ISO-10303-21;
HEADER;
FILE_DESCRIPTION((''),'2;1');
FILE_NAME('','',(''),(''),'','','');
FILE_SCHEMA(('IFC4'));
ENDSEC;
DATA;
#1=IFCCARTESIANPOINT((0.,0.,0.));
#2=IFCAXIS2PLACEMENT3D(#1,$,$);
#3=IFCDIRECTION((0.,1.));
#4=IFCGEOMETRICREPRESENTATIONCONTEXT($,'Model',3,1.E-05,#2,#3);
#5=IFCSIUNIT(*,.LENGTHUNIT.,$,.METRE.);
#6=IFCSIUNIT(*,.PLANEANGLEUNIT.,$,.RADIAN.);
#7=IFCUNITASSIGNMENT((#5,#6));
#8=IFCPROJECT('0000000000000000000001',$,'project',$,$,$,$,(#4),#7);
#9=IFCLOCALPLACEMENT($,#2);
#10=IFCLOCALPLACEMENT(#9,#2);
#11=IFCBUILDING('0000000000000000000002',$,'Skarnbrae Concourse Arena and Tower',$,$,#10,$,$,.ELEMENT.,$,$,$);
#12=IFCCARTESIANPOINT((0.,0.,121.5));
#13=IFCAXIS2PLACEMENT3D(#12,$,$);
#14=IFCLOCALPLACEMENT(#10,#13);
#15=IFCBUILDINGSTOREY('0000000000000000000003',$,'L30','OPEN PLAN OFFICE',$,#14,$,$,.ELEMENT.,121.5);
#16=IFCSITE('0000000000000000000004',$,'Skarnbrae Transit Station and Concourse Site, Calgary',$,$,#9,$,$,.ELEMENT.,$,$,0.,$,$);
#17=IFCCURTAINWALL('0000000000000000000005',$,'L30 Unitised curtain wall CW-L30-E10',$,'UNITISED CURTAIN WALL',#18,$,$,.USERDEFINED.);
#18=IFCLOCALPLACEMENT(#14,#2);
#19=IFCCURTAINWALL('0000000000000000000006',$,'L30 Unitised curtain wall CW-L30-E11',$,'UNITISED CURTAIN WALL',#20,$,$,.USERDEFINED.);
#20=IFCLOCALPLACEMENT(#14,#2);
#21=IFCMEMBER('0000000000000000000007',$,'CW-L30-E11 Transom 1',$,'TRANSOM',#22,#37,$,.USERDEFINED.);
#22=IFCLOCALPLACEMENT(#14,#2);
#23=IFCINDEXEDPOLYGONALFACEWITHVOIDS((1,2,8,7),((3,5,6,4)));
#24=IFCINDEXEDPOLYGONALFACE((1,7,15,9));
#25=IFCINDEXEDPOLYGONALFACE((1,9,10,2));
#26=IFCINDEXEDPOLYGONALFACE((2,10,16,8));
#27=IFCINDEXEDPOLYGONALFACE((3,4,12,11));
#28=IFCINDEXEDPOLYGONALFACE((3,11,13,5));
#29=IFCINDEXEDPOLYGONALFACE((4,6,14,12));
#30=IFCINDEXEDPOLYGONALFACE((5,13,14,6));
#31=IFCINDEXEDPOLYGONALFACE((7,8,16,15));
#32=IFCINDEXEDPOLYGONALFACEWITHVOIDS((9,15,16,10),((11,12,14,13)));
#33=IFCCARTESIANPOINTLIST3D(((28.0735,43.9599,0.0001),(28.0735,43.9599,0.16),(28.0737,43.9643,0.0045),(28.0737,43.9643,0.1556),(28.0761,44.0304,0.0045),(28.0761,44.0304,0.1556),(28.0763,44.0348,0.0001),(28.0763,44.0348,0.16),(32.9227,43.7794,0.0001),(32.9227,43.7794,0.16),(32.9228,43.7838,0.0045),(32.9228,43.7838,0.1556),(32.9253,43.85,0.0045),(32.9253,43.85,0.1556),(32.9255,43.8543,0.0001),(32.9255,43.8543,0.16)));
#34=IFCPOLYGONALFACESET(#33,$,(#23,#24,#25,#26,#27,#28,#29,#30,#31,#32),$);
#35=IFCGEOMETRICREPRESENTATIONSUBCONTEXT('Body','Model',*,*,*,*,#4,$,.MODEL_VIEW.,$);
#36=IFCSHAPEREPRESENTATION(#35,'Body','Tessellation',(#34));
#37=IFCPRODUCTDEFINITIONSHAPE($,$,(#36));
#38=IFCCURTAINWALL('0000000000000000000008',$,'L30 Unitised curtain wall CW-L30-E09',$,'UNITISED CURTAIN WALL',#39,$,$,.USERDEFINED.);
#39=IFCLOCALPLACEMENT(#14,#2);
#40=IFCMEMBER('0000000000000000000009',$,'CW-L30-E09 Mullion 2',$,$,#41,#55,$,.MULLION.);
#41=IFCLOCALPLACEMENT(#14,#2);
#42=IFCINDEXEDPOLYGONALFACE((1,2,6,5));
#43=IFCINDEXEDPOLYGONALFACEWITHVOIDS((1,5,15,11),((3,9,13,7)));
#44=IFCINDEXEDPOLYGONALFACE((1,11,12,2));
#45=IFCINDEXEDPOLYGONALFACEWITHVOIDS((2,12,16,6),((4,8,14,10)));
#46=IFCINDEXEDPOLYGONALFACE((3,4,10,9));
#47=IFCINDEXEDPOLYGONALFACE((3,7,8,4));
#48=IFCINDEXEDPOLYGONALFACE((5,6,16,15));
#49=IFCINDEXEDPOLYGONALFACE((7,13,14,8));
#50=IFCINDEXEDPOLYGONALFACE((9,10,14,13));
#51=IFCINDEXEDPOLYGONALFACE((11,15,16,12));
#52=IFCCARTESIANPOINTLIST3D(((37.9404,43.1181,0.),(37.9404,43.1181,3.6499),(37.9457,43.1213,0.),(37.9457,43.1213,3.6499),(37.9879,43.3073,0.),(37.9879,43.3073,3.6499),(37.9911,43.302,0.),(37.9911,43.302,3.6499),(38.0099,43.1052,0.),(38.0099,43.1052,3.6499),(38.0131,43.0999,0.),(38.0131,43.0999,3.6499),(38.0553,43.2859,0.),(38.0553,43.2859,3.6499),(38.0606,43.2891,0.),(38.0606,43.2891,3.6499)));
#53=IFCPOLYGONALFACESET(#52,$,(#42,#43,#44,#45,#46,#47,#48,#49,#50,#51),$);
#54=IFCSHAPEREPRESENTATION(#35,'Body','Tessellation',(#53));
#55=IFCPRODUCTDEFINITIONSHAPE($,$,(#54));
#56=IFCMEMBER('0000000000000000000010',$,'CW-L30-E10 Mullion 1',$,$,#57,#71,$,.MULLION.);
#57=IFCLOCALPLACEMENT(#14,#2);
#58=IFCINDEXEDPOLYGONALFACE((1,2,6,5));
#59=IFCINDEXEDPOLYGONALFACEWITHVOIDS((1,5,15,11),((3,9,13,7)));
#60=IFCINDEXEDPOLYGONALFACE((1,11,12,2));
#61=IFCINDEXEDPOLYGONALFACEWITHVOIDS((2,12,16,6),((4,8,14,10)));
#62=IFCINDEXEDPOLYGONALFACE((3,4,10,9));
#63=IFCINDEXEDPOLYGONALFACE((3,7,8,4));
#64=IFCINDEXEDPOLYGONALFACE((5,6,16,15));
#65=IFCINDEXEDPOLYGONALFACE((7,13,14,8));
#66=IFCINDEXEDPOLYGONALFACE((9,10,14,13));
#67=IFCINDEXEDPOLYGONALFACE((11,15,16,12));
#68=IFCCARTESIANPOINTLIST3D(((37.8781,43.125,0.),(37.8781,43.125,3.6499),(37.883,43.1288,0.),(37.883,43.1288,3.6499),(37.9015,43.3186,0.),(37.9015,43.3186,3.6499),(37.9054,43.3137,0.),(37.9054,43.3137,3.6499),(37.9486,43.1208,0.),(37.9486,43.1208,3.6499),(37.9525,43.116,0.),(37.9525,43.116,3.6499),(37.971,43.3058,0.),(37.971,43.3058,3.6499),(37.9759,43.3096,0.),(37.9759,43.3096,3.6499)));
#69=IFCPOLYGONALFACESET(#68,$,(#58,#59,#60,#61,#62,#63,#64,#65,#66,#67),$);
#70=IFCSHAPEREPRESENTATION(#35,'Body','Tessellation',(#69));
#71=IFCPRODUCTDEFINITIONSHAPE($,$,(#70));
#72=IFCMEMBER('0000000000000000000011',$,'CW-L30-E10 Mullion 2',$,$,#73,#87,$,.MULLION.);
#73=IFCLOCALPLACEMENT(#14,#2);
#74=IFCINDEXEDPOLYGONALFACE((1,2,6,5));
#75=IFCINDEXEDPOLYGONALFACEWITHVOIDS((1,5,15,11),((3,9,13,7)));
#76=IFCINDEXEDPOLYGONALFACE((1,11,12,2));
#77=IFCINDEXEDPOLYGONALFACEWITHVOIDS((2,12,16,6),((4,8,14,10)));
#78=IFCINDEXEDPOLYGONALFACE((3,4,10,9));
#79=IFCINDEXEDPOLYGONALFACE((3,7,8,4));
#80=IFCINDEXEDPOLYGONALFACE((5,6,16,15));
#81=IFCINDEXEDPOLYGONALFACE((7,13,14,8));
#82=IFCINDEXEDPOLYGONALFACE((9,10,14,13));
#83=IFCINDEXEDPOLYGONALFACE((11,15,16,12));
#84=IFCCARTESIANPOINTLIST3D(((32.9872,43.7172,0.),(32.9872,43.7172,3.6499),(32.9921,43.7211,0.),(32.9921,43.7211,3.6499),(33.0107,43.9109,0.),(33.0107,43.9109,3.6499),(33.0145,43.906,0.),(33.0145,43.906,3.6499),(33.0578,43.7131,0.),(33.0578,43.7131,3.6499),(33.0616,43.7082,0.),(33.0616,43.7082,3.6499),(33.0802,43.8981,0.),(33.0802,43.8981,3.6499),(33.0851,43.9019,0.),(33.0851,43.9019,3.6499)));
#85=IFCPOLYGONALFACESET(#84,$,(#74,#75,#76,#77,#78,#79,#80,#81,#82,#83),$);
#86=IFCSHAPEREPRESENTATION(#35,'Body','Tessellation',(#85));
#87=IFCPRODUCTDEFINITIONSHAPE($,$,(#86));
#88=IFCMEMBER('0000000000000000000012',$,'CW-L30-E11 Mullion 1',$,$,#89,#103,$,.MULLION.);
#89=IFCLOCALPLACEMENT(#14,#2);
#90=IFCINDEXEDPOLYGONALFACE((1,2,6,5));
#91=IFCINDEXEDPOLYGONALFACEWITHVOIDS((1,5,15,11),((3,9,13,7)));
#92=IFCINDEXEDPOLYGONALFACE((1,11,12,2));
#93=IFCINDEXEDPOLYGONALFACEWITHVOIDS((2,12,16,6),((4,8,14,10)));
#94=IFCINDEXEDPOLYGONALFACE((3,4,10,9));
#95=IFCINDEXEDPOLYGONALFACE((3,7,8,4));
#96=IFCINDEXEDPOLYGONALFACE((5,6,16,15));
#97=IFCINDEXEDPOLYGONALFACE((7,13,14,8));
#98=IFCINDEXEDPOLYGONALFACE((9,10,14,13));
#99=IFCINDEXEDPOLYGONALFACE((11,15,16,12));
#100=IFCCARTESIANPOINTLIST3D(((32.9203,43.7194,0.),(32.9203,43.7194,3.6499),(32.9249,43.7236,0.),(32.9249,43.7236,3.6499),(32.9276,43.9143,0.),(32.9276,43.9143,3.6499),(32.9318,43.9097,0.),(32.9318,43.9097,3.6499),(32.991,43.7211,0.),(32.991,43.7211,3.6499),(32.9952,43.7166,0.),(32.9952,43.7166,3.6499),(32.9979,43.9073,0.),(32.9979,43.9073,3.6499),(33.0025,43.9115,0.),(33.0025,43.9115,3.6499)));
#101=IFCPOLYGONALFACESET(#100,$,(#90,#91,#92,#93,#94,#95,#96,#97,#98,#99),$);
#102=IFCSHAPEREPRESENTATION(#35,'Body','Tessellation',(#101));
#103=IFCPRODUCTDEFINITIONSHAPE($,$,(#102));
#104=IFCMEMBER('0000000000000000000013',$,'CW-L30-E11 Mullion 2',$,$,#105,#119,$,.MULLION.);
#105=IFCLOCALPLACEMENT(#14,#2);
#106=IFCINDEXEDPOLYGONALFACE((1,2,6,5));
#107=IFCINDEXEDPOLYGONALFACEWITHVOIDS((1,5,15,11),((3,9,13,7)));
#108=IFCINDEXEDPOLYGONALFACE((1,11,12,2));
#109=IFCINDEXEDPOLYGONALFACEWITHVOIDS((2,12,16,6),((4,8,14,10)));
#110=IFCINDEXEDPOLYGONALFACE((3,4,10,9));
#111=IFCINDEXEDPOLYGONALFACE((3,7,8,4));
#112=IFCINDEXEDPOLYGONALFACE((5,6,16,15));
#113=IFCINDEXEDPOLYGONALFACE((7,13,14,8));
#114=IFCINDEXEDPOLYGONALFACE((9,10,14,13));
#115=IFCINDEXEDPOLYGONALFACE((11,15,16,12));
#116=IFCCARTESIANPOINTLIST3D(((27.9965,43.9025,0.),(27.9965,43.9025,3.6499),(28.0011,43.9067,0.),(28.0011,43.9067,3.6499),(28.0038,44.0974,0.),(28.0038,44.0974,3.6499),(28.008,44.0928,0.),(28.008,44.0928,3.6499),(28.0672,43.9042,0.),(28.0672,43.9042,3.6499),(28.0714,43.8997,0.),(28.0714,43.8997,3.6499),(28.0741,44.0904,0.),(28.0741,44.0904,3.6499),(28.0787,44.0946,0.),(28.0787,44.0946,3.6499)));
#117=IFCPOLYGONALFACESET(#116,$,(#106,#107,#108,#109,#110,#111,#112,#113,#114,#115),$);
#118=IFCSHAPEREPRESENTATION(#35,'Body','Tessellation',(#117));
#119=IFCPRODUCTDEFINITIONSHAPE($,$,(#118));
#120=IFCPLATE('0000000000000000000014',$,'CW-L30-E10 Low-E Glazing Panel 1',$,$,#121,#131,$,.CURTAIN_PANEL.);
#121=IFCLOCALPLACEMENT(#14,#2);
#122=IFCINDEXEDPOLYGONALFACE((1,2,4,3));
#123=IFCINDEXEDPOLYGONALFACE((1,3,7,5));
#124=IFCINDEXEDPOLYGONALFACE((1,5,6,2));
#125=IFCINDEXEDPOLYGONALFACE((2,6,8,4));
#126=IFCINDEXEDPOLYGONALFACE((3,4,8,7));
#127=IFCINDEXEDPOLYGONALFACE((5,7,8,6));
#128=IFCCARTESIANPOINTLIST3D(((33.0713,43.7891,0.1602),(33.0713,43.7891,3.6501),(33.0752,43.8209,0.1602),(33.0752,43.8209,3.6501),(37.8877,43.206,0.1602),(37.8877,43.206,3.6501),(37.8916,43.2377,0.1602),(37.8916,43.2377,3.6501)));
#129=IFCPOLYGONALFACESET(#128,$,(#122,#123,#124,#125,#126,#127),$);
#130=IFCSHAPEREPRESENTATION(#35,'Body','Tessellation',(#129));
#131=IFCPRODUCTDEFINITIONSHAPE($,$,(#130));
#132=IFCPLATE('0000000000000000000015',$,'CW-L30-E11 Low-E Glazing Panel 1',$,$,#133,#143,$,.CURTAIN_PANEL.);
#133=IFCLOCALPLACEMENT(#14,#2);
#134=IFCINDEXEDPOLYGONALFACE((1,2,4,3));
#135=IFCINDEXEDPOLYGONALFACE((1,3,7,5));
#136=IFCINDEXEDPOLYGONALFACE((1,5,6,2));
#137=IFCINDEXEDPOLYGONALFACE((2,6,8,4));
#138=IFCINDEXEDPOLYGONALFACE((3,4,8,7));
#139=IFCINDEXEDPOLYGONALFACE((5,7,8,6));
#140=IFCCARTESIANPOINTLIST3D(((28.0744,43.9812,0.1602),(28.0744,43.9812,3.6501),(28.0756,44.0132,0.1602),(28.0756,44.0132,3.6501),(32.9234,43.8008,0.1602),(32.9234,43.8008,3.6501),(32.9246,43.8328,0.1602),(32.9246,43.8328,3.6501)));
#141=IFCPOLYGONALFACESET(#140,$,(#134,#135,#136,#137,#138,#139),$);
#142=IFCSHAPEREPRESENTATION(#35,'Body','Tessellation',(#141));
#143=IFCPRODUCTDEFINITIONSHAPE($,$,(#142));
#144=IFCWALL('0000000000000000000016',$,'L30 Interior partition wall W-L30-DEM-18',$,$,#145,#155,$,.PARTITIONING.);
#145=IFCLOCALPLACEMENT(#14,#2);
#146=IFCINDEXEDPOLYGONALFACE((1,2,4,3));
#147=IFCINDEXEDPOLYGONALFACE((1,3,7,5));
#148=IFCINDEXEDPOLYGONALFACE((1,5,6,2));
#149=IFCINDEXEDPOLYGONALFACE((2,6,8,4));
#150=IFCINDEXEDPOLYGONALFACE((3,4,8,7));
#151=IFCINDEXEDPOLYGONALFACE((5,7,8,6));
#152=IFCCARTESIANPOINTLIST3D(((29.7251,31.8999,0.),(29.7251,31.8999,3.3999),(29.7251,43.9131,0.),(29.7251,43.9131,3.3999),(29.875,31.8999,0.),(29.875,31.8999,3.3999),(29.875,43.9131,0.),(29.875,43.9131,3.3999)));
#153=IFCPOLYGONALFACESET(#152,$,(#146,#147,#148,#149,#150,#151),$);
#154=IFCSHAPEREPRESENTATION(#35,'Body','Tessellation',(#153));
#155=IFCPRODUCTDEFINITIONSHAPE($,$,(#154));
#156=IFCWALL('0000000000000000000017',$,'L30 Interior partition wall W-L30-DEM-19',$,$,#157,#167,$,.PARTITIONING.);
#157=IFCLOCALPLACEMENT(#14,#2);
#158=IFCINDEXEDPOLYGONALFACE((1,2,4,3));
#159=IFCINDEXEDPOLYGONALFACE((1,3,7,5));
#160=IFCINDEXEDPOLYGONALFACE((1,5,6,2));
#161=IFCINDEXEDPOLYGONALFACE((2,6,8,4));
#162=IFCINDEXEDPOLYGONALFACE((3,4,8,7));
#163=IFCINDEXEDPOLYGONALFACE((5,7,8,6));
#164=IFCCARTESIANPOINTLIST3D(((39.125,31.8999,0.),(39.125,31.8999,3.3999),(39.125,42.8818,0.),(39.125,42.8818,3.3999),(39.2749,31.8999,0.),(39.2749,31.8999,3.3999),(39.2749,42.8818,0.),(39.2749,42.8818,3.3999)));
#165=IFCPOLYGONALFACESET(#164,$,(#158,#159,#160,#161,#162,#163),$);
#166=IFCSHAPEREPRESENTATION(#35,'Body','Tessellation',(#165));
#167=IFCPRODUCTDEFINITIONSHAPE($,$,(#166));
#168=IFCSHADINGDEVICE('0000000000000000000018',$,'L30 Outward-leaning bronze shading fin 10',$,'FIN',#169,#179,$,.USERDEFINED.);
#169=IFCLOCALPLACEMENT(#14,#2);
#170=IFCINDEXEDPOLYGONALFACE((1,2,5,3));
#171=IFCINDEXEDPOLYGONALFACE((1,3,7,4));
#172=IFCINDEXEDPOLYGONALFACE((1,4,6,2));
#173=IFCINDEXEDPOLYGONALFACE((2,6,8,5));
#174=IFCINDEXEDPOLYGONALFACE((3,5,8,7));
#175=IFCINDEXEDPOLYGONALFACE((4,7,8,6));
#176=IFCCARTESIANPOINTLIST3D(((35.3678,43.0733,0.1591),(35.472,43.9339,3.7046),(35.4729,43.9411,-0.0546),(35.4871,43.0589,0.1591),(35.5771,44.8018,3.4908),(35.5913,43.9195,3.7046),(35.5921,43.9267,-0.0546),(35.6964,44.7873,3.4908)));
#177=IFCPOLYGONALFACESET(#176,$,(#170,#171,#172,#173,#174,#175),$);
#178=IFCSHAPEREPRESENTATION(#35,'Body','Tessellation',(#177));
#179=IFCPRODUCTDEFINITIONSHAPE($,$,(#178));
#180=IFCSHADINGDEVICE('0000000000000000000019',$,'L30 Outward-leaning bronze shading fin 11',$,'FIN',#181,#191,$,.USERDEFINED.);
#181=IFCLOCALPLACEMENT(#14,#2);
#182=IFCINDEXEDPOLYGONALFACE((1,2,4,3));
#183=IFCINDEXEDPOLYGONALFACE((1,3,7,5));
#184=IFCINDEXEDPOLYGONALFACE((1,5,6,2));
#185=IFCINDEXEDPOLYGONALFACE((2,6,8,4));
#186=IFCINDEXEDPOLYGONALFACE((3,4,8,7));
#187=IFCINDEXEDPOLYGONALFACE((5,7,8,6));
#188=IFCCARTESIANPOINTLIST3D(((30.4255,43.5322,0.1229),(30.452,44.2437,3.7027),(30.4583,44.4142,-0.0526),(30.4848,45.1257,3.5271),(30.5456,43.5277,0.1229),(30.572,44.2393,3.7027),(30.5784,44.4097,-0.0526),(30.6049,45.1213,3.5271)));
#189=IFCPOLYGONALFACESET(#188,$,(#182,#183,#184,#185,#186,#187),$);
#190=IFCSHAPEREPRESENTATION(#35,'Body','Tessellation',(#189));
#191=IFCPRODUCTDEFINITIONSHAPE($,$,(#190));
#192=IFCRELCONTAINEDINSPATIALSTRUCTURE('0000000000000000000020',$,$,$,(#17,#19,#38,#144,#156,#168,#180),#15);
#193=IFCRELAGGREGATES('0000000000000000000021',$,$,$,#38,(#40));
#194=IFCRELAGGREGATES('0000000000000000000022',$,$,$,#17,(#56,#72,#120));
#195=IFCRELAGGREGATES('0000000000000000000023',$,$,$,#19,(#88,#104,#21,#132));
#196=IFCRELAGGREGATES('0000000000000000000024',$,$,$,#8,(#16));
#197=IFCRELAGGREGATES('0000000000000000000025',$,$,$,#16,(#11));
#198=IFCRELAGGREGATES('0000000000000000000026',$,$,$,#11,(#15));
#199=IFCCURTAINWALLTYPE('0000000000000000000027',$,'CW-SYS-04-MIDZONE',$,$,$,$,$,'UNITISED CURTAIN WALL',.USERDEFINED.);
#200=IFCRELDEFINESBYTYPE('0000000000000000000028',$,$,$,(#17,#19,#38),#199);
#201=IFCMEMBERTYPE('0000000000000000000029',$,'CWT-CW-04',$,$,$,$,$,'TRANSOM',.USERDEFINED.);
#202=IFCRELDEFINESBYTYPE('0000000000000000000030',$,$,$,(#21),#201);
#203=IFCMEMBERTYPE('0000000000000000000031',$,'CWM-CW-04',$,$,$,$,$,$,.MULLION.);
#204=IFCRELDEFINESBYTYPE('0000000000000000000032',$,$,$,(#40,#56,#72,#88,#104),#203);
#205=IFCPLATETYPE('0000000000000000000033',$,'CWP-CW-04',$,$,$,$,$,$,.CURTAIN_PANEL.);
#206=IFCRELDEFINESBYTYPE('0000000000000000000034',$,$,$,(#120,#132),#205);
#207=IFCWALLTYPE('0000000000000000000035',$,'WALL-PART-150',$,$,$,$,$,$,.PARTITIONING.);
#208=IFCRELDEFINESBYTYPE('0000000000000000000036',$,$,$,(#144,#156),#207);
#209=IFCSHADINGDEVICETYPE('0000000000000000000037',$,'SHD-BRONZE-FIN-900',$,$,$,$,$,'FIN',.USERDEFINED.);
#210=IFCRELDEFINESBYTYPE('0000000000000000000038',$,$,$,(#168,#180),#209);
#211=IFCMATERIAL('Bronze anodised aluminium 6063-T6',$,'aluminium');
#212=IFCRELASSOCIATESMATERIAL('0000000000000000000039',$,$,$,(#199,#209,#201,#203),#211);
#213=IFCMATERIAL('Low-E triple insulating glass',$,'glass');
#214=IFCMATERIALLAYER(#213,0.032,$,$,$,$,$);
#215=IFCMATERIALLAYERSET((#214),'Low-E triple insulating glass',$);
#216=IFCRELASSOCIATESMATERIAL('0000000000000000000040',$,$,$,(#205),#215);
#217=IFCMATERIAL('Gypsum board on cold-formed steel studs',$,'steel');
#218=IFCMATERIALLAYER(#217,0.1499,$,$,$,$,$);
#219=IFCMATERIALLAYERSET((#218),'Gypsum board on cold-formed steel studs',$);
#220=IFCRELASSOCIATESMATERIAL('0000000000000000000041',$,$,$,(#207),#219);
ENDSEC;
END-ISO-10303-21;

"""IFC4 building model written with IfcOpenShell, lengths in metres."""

from ifc_helpers import new_model, si_unit, direction, frame, frame_2d, origin, origin_2d, place, context, subcontext, project, spatial, rectangle, hollow_rectangle, extrude, source, transform, mapped, material, layer, layer_set, material_profile, profile_set, type_object, element, aggregate, save


model = new_model("IFC4")

# Units and contexts
model_context = context("Model", 3, precision=1e-05, world=origin(), true_north=direction((0.0, 1.0)))
body_context = subcontext(model_context, "Body", "Model", "MODEL_VIEW")
ifc_project = project(units=[si_unit("LENGTHUNIT", "METRE"), si_unit("PLANEANGLEUNIT", "RADIAN")], contexts=[model_context])

# Site, building, storey
site_placement = place(None, origin())
site = spatial("IfcSite", under=ifc_project, at=site_placement, Name="Skarnbrae Transit Station and Concourse Site, Calgary", CompositionType="ELEMENT", RefElevation=0.0)
building_placement = place(site_placement, origin())
building = spatial("IfcBuilding", under=site, at=building_placement, Name="Skarnbrae Concourse Arena and Tower", CompositionType="ELEMENT")
storey_placement = place(building_placement, frame((0.0, 0.0, 121.5)))
storey = spatial("IfcBuildingStorey", under=building, at=storey_placement, Name="L30", Description="OPEN PLAN OFFICE", CompositionType="ELEMENT", Elevation=121.5)

# Curtain walls, members
ifc_material_1 = material(Name="Bronze anodised aluminium 6063-T6", Category="aluminium")
curtain_wall_type = type_object("IfcCurtainWallType", Name="CW-SYS-04-MIDZONE", ElementType="UNITISED CURTAIN WALL", PredefinedType="USERDEFINED", material=ifc_material_1)
curtain_wall_1_placement = place(storey_placement, origin())
curtain_wall_1 = element("IfcCurtainWall", 1, at=curtain_wall_1_placement, inside=storey, type_object=curtain_wall_type, Name="L30 Unitised curtain wall CW-L30-E10", ObjectType="UNITISED CURTAIN WALL", PredefinedType="USERDEFINED")
ifc_material_profile_1 = material_profile(ifc_material_1, hollow_rectangle(XDim=0.075, YDim=0.1599, WallThickness=0.0044, at=origin_2d()), Name="ALU-TRAN-75X160")
ifc_profile_set_1 = profile_set([ifc_material_profile_1], Name="Bronze anodised aluminium 6063-T6")
member_type_1 = type_object("IfcMemberType", Name="CWT-CW-04", ElementType="TRANSOM", PredefinedType="USERDEFINED", material=ifc_profile_set_1)
curtain_wall_2_placement = place(storey_placement, origin())
curtain_wall_2 = element("IfcCurtainWall", 2, at=curtain_wall_2_placement, inside=storey, type_object=curtain_wall_type, Name="L30 Unitised curtain wall CW-L30-E11", ObjectType="UNITISED CURTAIN WALL", PredefinedType="USERDEFINED")
shared_shape_1 = source(origin(), body_context, "Body", "SweptSolid", [
    extrude(hollow_rectangle(XDim=0.075, YDim=0.1599, WallThickness=0.0044, at=origin_2d()), origin(), (0.0, 0.0, 1.0), 4.8525),
])
member_1_placement = place(storey_placement, frame((32.9241, 43.8169, 0.0801), z_axis=(-0.999309, 0.037181, 0.0), x_axis=(-0.037181, -0.999309, 0.0)))
member_1 = element("IfcMember", 3, at=member_1_placement, type_object=member_type_1, Name="CW-L30-E11 Transom 1", ObjectType="TRANSOM", PredefinedType="USERDEFINED", context=body_context, shape_type="MappedRepresentation", body=[
    mapped(shared_shape_1, transform((0.0, 0.0, 0.0))),
])
curtain_wall_3_placement = place(storey_placement, origin())
curtain_wall_3 = element("IfcCurtainWall", 4, at=curtain_wall_3_placement, inside=storey, type_object=curtain_wall_type, Name="L30 Unitised curtain wall CW-L30-E09", ObjectType="UNITISED CURTAIN WALL", PredefinedType="USERDEFINED")
ifc_material_profile_2 = material_profile(ifc_material_1, hollow_rectangle(XDim=0.075, YDim=0.1951, WallThickness=0.0044, at=origin_2d()), Name="ALU-MULL-75X195")
ifc_profile_set_2 = profile_set([ifc_material_profile_2], Name="Bronze anodised aluminium 6063-T6")
member_type_2 = type_object("IfcMemberType", Name="CWM-CW-04", PredefinedType="MULLION", material=ifc_profile_set_2)
shared_shape_2 = source(origin(), body_context, "Body", "SweptSolid", [
    extrude(hollow_rectangle(XDim=0.075, YDim=0.1951, WallThickness=0.0044, at=origin_2d()), origin(), (0.0, 0.0, 1.0), 3.6499),
])
member_2_placement = place(storey_placement, frame((38.0005, 43.2036, 0.0), z_axis=(0.0, 0.0, 1.0), x_axis=(-0.969903, 0.243491, 0.0)))
member_2 = element("IfcMember", 5, at=member_2_placement, type_object=member_type_2, Name="CW-L30-E09 Mullion 2", PredefinedType="MULLION", context=body_context, shape_type="MappedRepresentation", body=[
    mapped(shared_shape_2, transform((0.0, 0.0, 0.0))),
])
aggregate(curtain_wall_3, [member_2])

# Members
member_3_placement = place(storey_placement, frame((37.927, 43.2173, 0.0), z_axis=(0.0, 0.0, 1.0), x_axis=(-0.992749, 0.120203, 0.0)))
member_3 = element("IfcMember", 6, at=member_3_placement, type_object=member_type_2, Name="CW-L30-E10 Mullion 1", PredefinedType="MULLION", context=body_context, shape_type="MappedRepresentation", body=[
    mapped(shared_shape_2, transform((0.0, 0.0, 0.0))),
])
member_4_placement = place(storey_placement, frame((33.0361, 43.8096, 0.0), z_axis=(0.0, 0.0, 1.0), x_axis=(-0.992749, 0.120203, 0.0)))
member_4 = element("IfcMember", 7, at=member_4_placement, type_object=member_type_2, Name="CW-L30-E10 Mullion 2", PredefinedType="MULLION", context=body_context, shape_type="MappedRepresentation", body=[
    mapped(shared_shape_2, transform((0.0, 0.0, 0.0))),
])
member_5_placement = place(storey_placement, frame((32.9614, 43.8154, 0.0), z_axis=(0.0, 0.0, 1.0), x_axis=(-0.999308, 0.037183, 0.0)))
member_5 = element("IfcMember", 8, at=member_5_placement, type_object=member_type_2, Name="CW-L30-E11 Mullion 1", PredefinedType="MULLION", context=body_context, shape_type="MappedRepresentation", body=[
    mapped(shared_shape_2, transform((0.0, 0.0, 0.0))),
])
member_6_placement = place(storey_placement, frame((28.0376, 43.9985, 0.0), z_axis=(0.0, 0.0, 1.0), x_axis=(-0.999308, 0.037183, 0.0)))
member_6 = element("IfcMember", 9, at=member_6_placement, type_object=member_type_2, Name="CW-L30-E11 Mullion 2", PredefinedType="MULLION", context=body_context, shape_type="MappedRepresentation", body=[
    mapped(shared_shape_2, transform((0.0, 0.0, 0.0))),
])

# Plates
ifc_material_2 = material(Name="Low-E triple insulating glass", Category="glass")
ifc_layer_1 = layer(ifc_material_2, 0.032)
ifc_layer_set_1 = layer_set([ifc_layer_1], Name="Low-E triple insulating glass")
plate_type = type_object("IfcPlateType", Name="CWP-CW-04", PredefinedType="CURTAIN_PANEL", material=ifc_layer_set_1)
shared_shape_3 = source(origin(), body_context, "Body", "SweptSolid", [
    extrude(rectangle(XDim=4.8516, YDim=0.032, at=origin_2d()), origin(), (0.0, 0.0, 1.0), 3.49),
])
plate_1_placement = place(storey_placement, frame((35.4814, 43.5134, 0.1602), z_axis=(0.0, 0.0, 1.0), x_axis=(-0.992749, 0.120203, 0.0)))
plate_1 = element("IfcPlate", 10, at=plate_1_placement, type_object=plate_type, Name="CW-L30-E10 Low-E Glazing Panel 1", PredefinedType="CURTAIN_PANEL", context=body_context, shape_type="MappedRepresentation", body=[
    mapped(shared_shape_3, transform((0.0, 0.0, 0.0))),
])
aggregate(curtain_wall_1, [member_3, member_4, plate_1])
shared_shape_4 = source(origin(), body_context, "Body", "SweptSolid", [
    extrude(rectangle(XDim=4.8523, YDim=0.032, at=origin_2d()), origin(), (0.0, 0.0, 1.0), 3.49),
])
plate_2_placement = place(storey_placement, frame((30.4995, 43.907, 0.1602), z_axis=(0.0, 0.0, 1.0), x_axis=(-0.999308, 0.037183, 0.0)))
plate_2 = element("IfcPlate", 11, at=plate_2_placement, type_object=plate_type, Name="CW-L30-E11 Low-E Glazing Panel 1", PredefinedType="CURTAIN_PANEL", context=body_context, shape_type="MappedRepresentation", body=[
    mapped(shared_shape_4, transform((0.0, 0.0, 0.0))),
])
aggregate(curtain_wall_2, [member_5, member_6, member_1, plate_2])

# Walls
ifc_material_3 = material(Name="Gypsum board on cold-formed steel studs", Category="steel")
ifc_layer_2 = layer(ifc_material_3, 0.1499)
ifc_layer_set_2 = layer_set([ifc_layer_2], Name="Gypsum board on cold-formed steel studs")
wall_type = type_object("IfcWallType", Name="WALL-PART-150", PredefinedType="PARTITIONING", material=ifc_layer_set_2)
shared_shape_5 = source(origin(), body_context, "Body", "SweptSolid", [
    extrude(rectangle(XDim=12.0132, YDim=0.1499, at=frame_2d((6.0066, 0.0))), origin(), (0.0, 0.0, 1.0), 3.3999),
])
wall_1_placement = place(storey_placement, frame((29.8, 43.9131, 0.0), z_axis=(0.0, 0.0, 1.0), x_axis=(0.0, -1.0, 0.0)))
element("IfcWall", 12, at=wall_1_placement, inside=storey, type_object=wall_type, Name="L30 Interior partition wall W-L30-DEM-18", PredefinedType="PARTITIONING", context=body_context, shape_type="MappedRepresentation", body=[
    mapped(shared_shape_5, transform((0.0, 0.0, 0.0))),
])
shared_shape_6 = source(origin(), body_context, "Body", "SweptSolid", [
    extrude(rectangle(XDim=10.9819, YDim=0.1499, at=frame_2d((5.491, 0.0))), origin(), (0.0, 0.0, 1.0), 3.3999),
])
wall_2_placement = place(storey_placement, frame((39.2, 42.8818, 0.0), z_axis=(0.0, 0.0, 1.0), x_axis=(0.0, -1.0, 0.0)))
element("IfcWall", 13, at=wall_2_placement, inside=storey, type_object=wall_type, Name="L30 Interior partition wall W-L30-DEM-19", PredefinedType="PARTITIONING", context=body_context, shape_type="MappedRepresentation", body=[
    mapped(shared_shape_6, transform((0.0, 0.0, 0.0))),
])

# Shading devices
shading_device_type = type_object("IfcShadingDeviceType", Name="SHD-BRONZE-FIN-900", ElementType="FIN", PredefinedType="USERDEFINED", material=ifc_material_1)
shared_shape_7 = source(origin(), body_context, "Body", "SweptSolid", [
    extrude(rectangle(XDim=0.1201, YDim=0.8999, at=origin_2d()), origin(), (0.0, 0.0, 1.0), 3.6499),
])
for number, where, z_axis, x_axis, name in (
    (14, (35.48, 43.5, 0.0522), (0.028551, 0.235794, 0.971384), (0.992749, -0.120206, 0.0), "L30 Outward-leaning bronze shading fin 10"),
    (15, (30.502, 43.9709, 0.0352), (0.007254, 0.194955, 0.980785), (0.999308, -0.037184, 0.0), "L30 Outward-leaning bronze shading fin 11"),
):
    element("IfcShadingDevice", number, at=place(storey_placement, frame(where, z_axis=z_axis, x_axis=x_axis)), inside=storey, type_object=shading_device_type, Name=name, ObjectType="FIN", PredefinedType="USERDEFINED", context=body_context, shape_type="MappedRepresentation", body=[
        mapped(shared_shape_7, transform((0.0, 0.0, 0.0))),
    ])

save(model, "model.ifc")
